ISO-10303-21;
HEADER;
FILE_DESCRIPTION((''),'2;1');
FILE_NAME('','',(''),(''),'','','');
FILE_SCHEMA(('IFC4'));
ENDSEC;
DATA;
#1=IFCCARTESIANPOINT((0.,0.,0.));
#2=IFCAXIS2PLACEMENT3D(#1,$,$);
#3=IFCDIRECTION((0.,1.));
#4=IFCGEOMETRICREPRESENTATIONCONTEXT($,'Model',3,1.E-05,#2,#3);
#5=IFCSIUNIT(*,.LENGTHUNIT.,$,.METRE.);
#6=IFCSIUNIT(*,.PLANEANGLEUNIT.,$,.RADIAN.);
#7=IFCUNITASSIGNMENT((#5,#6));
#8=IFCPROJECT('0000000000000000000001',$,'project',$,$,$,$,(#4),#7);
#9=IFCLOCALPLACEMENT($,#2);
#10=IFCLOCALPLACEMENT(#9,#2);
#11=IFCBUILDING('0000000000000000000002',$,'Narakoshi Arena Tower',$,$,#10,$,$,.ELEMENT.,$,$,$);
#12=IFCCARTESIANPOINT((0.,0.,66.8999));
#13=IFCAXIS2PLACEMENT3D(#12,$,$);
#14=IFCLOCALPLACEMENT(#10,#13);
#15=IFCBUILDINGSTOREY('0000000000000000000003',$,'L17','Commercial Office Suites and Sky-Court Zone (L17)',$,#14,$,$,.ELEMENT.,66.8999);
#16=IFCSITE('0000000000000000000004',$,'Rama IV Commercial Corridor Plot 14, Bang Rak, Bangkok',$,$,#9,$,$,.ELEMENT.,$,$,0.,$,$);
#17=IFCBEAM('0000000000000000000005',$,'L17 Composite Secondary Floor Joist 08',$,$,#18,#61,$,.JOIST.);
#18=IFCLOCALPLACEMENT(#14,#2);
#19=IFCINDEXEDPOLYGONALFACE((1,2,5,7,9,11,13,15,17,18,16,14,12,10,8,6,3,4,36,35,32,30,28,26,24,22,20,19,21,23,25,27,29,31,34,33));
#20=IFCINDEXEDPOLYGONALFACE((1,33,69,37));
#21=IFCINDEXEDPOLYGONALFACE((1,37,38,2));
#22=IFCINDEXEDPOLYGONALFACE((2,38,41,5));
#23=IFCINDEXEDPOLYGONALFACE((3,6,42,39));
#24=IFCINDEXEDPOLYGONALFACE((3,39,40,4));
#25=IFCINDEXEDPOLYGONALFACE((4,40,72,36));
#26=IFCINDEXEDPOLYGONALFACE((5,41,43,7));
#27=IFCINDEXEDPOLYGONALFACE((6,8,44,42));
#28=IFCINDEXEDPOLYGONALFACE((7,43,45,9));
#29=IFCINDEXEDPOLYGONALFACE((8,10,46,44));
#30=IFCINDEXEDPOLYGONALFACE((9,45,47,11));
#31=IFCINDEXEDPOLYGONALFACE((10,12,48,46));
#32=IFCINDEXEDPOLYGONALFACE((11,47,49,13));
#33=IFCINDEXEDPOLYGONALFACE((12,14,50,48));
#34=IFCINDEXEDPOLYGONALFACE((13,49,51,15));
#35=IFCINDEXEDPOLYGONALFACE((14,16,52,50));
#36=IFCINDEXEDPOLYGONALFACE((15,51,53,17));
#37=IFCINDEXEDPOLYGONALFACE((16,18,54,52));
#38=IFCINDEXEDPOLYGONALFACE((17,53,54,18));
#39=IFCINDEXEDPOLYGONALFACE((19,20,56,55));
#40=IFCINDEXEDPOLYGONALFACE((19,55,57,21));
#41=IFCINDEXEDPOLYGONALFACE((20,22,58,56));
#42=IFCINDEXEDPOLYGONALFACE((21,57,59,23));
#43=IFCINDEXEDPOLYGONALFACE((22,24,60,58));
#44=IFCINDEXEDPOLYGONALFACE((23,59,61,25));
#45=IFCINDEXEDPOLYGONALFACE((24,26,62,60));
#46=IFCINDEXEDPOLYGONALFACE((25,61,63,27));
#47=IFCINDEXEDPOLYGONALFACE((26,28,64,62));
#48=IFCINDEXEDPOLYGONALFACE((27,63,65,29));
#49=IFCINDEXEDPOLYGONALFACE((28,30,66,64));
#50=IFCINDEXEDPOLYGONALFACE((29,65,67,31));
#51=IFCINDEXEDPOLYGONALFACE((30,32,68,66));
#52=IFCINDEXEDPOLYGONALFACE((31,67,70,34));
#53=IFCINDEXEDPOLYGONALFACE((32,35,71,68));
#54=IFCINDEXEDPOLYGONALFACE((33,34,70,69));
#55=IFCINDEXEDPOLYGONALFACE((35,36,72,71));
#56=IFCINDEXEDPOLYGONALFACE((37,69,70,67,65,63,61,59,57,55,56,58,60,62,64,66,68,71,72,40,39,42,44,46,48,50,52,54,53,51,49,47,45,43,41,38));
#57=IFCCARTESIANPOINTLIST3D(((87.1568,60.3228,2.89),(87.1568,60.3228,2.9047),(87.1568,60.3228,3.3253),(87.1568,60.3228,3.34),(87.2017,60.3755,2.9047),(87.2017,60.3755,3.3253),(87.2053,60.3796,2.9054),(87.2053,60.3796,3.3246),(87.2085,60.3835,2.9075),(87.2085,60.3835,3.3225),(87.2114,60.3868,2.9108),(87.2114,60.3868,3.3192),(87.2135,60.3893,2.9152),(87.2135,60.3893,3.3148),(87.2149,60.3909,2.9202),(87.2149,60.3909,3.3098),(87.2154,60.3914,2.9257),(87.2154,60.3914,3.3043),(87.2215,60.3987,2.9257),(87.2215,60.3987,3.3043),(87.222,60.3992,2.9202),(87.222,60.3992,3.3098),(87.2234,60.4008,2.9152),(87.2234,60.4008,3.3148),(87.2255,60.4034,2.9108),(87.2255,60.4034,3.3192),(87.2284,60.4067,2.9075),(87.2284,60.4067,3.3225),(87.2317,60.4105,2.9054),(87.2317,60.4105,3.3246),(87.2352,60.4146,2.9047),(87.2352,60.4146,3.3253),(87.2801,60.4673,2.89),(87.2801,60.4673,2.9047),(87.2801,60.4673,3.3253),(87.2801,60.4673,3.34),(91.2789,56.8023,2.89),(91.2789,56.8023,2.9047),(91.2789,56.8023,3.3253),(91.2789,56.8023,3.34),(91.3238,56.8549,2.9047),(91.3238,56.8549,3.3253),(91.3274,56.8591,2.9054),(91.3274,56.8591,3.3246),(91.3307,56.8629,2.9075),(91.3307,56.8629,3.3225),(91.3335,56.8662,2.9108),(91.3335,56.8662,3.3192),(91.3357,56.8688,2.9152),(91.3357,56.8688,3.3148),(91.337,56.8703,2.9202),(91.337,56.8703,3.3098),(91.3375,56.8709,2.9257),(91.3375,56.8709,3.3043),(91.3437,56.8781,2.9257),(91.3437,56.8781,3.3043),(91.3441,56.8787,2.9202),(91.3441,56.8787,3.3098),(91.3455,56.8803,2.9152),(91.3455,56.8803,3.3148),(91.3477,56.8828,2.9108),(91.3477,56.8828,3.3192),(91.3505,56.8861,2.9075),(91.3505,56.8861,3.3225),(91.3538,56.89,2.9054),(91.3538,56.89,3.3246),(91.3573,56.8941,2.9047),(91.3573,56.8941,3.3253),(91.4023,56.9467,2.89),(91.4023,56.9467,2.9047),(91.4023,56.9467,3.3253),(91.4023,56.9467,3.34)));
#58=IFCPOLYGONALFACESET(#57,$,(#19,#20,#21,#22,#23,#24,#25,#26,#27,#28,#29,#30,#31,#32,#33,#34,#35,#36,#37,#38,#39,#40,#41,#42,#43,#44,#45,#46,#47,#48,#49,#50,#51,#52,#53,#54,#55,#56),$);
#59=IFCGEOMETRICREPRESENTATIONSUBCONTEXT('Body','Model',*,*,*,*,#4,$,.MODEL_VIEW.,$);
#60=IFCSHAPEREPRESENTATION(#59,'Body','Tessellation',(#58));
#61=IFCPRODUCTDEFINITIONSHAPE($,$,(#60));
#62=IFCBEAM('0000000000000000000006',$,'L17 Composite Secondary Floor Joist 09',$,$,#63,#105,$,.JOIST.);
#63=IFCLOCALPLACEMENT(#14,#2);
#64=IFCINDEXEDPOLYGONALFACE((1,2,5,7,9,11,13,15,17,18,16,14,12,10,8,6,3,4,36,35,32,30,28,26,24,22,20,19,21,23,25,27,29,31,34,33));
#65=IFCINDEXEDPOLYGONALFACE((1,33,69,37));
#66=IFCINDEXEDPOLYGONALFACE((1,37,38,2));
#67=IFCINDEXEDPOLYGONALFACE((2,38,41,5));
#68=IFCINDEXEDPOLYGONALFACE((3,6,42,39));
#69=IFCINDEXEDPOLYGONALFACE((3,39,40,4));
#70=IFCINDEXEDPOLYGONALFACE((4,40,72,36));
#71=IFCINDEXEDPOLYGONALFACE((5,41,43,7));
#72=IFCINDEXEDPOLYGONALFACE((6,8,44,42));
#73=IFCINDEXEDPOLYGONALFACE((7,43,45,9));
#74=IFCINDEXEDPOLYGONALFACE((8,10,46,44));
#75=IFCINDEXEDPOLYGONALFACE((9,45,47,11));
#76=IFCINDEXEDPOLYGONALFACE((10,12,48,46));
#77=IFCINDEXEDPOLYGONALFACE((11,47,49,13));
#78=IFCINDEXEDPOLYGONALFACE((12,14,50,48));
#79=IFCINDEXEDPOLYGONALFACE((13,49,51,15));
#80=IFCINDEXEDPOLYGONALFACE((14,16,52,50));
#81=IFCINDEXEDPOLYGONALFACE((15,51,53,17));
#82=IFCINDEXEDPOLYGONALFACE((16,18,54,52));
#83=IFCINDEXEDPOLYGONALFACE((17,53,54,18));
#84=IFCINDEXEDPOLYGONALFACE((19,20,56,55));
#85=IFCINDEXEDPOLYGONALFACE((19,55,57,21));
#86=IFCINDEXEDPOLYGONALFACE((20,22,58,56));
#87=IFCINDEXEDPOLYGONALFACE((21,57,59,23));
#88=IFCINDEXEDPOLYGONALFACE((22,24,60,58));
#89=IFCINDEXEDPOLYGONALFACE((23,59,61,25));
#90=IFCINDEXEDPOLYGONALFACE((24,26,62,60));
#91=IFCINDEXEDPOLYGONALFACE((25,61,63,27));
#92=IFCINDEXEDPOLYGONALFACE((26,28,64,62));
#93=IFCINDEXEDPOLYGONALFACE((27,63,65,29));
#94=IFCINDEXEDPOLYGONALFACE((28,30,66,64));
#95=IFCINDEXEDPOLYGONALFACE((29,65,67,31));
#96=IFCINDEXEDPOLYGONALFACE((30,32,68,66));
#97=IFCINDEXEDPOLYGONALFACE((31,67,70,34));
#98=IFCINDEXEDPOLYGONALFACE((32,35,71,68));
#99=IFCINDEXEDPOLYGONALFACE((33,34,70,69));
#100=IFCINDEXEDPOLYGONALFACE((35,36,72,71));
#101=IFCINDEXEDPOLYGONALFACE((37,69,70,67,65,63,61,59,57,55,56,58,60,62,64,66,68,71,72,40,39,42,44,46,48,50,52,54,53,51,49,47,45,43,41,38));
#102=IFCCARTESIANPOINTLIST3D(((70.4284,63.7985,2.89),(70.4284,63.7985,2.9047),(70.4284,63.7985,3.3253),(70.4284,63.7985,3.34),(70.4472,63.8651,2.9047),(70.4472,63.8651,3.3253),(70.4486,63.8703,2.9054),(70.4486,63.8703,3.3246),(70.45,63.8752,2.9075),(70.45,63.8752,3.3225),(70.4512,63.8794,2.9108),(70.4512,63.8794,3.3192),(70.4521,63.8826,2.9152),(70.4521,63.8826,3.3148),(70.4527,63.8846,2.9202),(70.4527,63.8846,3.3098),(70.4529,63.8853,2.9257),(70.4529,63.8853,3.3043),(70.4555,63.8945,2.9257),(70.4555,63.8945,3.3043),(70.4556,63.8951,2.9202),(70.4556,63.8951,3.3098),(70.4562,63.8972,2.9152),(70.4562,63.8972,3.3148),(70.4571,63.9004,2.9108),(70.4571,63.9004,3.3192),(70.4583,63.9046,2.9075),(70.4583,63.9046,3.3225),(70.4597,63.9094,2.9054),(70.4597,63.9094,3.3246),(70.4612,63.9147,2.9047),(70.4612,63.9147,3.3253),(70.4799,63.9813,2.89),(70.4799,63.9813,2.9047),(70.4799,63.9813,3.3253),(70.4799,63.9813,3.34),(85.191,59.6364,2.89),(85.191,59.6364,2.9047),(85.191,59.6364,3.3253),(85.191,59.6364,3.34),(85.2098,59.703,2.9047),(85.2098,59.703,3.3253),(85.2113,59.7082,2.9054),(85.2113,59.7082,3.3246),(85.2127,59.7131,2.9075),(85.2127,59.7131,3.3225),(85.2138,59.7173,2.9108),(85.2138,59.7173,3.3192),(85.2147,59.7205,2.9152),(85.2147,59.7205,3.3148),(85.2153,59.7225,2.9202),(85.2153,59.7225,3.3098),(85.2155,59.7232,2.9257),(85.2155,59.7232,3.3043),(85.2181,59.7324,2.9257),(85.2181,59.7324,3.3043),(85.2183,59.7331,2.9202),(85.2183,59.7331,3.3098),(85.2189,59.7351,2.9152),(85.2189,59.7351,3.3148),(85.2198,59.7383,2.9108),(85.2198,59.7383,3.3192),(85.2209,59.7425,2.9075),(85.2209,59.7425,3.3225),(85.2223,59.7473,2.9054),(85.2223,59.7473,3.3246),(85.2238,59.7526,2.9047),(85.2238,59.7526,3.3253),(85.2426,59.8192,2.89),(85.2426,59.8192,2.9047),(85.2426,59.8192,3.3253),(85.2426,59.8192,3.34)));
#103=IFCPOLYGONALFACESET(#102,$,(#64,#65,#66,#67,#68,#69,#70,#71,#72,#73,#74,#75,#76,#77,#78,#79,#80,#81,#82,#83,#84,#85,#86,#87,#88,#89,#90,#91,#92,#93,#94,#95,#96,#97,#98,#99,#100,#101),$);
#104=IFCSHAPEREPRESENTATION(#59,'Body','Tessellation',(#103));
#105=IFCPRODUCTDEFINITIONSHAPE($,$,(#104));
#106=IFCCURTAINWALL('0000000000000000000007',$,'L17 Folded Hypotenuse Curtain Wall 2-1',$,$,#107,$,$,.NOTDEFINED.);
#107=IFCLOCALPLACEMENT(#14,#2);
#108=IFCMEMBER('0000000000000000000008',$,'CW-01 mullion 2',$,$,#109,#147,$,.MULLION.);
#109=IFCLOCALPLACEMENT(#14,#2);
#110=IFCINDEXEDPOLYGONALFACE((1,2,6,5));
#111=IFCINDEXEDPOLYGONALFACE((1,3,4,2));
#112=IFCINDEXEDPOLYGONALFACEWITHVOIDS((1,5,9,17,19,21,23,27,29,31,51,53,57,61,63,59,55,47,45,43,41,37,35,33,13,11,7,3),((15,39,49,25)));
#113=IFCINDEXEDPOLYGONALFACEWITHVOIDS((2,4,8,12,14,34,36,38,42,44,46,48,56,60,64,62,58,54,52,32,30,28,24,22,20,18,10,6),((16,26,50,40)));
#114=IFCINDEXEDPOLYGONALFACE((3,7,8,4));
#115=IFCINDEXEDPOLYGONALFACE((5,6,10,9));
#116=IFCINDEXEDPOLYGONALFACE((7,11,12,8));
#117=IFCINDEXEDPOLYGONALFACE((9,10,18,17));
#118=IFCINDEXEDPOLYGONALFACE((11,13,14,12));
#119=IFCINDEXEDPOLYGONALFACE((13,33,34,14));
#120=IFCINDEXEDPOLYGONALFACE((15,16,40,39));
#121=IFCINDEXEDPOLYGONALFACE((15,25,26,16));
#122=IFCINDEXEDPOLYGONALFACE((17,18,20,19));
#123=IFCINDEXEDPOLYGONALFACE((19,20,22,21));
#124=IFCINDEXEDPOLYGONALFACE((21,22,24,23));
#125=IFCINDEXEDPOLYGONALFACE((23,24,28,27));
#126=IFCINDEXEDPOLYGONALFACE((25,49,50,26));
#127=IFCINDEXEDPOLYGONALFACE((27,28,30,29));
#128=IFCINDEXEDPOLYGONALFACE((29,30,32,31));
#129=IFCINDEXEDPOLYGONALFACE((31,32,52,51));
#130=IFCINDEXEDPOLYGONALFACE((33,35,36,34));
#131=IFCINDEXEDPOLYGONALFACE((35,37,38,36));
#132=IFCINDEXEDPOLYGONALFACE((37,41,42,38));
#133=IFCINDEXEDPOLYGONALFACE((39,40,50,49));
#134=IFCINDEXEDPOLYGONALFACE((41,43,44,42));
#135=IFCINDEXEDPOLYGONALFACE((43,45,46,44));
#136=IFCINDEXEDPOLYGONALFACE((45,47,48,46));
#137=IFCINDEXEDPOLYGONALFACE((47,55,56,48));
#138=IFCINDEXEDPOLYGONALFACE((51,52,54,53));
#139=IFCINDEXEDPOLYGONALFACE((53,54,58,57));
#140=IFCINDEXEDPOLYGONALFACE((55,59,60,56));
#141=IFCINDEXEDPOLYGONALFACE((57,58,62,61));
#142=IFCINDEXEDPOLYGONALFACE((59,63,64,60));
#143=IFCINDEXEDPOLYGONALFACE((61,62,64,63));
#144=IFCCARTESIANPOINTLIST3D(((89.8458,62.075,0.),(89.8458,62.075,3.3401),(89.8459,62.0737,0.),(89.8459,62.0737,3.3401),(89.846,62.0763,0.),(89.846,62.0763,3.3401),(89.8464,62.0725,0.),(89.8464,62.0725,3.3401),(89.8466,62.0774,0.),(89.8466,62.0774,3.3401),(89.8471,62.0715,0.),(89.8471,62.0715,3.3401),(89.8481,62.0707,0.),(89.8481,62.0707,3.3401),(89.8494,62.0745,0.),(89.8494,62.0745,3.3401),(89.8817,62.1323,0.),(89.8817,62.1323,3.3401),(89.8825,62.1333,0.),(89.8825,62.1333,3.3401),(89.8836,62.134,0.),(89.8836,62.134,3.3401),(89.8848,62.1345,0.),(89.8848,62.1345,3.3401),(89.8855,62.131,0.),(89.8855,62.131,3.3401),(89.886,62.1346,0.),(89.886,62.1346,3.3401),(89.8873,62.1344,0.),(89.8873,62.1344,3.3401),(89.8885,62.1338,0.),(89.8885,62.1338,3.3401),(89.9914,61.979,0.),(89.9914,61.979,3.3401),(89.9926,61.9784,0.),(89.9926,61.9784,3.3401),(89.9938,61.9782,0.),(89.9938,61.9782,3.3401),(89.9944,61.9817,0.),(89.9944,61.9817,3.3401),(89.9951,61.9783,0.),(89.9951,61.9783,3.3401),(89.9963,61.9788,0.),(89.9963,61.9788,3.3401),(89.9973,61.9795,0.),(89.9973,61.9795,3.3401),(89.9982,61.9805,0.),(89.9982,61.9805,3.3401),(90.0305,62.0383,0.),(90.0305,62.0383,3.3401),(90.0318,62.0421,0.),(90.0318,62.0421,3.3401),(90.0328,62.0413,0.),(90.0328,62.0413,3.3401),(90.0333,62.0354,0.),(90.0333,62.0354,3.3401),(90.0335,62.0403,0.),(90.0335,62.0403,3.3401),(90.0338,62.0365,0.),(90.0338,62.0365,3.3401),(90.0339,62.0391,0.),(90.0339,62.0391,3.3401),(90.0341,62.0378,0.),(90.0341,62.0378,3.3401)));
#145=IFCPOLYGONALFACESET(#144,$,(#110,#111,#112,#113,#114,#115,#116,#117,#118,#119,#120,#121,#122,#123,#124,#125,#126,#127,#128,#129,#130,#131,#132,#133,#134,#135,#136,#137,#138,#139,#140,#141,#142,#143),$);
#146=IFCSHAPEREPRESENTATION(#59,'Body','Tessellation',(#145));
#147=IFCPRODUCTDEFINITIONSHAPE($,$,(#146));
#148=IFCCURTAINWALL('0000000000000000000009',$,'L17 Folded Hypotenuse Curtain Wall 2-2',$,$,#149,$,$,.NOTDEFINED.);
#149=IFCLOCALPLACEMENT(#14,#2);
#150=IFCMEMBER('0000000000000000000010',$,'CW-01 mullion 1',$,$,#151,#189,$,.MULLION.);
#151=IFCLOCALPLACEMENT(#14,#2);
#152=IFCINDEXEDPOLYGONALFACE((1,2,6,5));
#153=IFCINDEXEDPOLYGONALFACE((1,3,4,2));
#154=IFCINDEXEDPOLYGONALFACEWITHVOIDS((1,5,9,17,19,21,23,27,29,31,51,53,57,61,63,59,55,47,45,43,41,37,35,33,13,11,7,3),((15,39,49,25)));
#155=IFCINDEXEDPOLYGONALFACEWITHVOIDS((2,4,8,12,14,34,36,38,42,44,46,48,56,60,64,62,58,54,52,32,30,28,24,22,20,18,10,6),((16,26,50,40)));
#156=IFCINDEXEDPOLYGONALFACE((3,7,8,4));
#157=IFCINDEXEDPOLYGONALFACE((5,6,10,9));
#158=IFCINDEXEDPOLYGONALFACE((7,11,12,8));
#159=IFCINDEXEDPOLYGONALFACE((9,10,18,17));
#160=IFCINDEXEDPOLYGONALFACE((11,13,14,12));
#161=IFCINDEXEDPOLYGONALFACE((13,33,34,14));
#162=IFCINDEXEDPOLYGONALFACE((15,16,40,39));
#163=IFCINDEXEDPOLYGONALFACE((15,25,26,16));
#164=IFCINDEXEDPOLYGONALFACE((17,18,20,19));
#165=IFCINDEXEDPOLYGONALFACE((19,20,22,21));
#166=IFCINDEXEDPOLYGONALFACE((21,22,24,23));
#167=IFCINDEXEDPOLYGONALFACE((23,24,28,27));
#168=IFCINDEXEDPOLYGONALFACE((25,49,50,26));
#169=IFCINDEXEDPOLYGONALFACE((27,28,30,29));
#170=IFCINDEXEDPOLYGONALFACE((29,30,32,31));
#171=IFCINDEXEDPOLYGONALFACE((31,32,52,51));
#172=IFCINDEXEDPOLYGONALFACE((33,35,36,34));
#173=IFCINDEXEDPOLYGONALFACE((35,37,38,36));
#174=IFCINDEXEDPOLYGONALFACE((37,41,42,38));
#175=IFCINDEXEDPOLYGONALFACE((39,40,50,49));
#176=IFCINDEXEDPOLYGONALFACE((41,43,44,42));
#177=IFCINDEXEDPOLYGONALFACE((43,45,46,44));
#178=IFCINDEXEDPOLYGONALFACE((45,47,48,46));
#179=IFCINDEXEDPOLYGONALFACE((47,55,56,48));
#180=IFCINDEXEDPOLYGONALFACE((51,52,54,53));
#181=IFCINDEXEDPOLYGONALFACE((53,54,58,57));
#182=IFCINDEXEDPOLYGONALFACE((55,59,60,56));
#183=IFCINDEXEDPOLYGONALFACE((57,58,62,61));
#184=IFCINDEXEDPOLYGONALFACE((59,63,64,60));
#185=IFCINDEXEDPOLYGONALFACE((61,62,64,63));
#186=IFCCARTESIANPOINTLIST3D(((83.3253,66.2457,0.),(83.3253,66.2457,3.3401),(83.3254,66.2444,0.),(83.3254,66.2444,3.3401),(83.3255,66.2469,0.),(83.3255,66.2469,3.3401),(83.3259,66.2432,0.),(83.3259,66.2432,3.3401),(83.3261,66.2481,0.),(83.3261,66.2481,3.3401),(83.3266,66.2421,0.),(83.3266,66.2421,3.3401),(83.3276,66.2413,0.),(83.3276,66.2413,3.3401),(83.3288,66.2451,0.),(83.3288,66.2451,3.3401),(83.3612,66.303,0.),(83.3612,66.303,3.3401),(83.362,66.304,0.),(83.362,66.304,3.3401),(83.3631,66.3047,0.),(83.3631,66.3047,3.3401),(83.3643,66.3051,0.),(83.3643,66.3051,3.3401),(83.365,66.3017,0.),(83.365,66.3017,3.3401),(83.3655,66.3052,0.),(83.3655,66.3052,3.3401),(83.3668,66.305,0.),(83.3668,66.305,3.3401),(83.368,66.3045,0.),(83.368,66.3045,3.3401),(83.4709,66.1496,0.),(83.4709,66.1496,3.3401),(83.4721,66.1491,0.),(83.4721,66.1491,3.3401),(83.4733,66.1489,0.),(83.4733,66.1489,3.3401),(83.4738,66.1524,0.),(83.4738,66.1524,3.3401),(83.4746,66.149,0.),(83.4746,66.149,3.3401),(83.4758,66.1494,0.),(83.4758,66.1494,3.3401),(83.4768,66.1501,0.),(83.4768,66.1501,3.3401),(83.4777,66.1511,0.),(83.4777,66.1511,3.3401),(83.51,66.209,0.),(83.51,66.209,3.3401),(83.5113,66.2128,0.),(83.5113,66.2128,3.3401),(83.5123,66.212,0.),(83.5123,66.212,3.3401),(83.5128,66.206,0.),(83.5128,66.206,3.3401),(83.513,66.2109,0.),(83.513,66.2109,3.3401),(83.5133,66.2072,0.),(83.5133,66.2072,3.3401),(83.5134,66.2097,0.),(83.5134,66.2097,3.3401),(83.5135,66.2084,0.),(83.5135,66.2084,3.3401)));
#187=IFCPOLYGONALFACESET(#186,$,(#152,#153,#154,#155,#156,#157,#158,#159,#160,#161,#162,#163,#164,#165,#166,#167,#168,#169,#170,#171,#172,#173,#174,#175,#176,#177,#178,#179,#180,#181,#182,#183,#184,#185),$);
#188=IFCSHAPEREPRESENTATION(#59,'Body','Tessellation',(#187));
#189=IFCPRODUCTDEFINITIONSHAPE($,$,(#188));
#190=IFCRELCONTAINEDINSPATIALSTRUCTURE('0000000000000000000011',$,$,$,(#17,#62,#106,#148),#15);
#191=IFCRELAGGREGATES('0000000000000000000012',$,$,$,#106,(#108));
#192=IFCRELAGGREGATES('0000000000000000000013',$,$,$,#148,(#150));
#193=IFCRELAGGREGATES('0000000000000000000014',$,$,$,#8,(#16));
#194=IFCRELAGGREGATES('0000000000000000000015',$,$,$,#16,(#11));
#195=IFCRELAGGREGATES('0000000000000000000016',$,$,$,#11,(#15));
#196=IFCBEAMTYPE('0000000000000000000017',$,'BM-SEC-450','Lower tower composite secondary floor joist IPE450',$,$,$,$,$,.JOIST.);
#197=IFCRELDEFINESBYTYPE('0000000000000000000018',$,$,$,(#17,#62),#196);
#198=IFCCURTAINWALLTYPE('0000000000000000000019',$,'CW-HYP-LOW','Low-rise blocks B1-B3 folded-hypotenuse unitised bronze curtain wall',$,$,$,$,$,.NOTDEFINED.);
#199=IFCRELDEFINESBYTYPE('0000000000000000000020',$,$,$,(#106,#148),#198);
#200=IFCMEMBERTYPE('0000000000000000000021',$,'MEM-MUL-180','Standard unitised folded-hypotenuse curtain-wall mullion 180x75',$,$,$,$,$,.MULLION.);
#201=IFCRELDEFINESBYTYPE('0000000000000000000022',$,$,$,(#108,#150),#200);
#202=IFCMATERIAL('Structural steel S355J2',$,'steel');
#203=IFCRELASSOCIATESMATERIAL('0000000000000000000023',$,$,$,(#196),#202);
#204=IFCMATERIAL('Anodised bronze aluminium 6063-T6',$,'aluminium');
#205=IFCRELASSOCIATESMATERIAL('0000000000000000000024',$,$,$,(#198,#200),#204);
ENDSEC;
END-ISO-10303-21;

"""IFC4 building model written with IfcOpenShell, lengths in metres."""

from ifc_helpers import new_model, si_unit, direction, frame, origin, origin_2d, place, context, subcontext, project, spatial, hollow_rectangle, i_section, extrude, material, material_profile, profile_set, type_object, element, aggregate, save


model = new_model("IFC4")

# Units and contexts
model_context = context("Model", 3, precision=1e-05, world=origin(), true_north=direction((0.0, 1.0)))
body_context = subcontext(model_context, "Body", "Model", "MODEL_VIEW")
ifc_project = project(units=[si_unit("LENGTHUNIT", "METRE"), si_unit("PLANEANGLEUNIT", "RADIAN")], contexts=[model_context])

# Site, building, storey
site_placement = place(None, origin())
site = spatial("IfcSite", under=ifc_project, at=site_placement, Name="Rama IV Commercial Corridor Plot 14, Bang Rak, Bangkok", CompositionType="ELEMENT", RefElevation=0.0)
building_placement = place(site_placement, origin())
building = spatial("IfcBuilding", under=site, at=building_placement, Name="Narakoshi Arena Tower", CompositionType="ELEMENT")
storey_placement = place(building_placement, frame((0.0, 0.0, 66.8999)))
storey = spatial("IfcBuildingStorey", under=building, at=storey_placement, Name="L17", Description="Commercial Office Suites and Sky-Court Zone (L17)", CompositionType="ELEMENT", Elevation=66.8999)

# Beams
ifc_material_1 = material(Name="Structural steel S355J2", Category="steel")
ifc_material_profile_1 = material_profile(ifc_material_1, i_section(OverallWidth=0.1899, OverallDepth=0.45, WebThickness=0.0095, FlangeThickness=0.0146, FilletRadius=0.021, at=origin_2d()), Name="IPE450")
ifc_profile_set_1 = profile_set([ifc_material_profile_1], Name="Structural steel S355J2")
beam_type_1 = type_object("IfcBeamType", Name="BM-SEC-450", Description="Lower tower composite secondary floor joist IPE450", PredefinedType="JOIST", material=ifc_profile_set_1)
beam_1_placement = place(storey_placement, frame((91.3406, 56.8745, 3.115), z_axis=(-0.760413, 0.64944, 0.0), x_axis=(-0.64944, -0.760413, 0.0)))
element("IfcBeam", 1, at=beam_1_placement, inside=storey, type_object=beam_type_1, Name="L17 Composite Secondary Floor Joist 08", PredefinedType="JOIST", context=body_context, shape_type="SweptSolid", body=[
    extrude(i_section(OverallWidth=0.1899, OverallDepth=0.45, WebThickness=0.0095, FlangeThickness=0.0146, FilletRadius=0.021, at=origin_2d()), origin(), (0.0, 0.0, 1.0), 5.4209),
])
beam_2_placement = place(storey_placement, frame((85.2168, 59.7278, 3.115), z_axis=(-0.962479, 0.271356, 0.0), x_axis=(-0.271356, -0.962479, 0.0)))
element("IfcBeam", 2, at=beam_2_placement, inside=storey, type_object=beam_type_1, Name="L17 Composite Secondary Floor Joist 09", PredefinedType="JOIST", context=body_context, shape_type="SweptSolid", body=[
    extrude(i_section(OverallWidth=0.1899, OverallDepth=0.45, WebThickness=0.0095, FlangeThickness=0.0146, FilletRadius=0.021, at=origin_2d()), origin(), (0.0, 0.0, 1.0), 15.3381),
])

# Curtain wall, member
ifc_material_2 = material(Name="Anodised bronze aluminium 6063-T6", Category="aluminium")
curtain_wall_type = type_object("IfcCurtainWallType", Name="CW-HYP-LOW", Description="Low-rise blocks B1-B3 folded-hypotenuse unitised bronze curtain wall", PredefinedType="NOTDEFINED", material=ifc_material_2)
curtain_wall_1_placement = place(storey_placement, origin())
curtain_wall_1 = element("IfcCurtainWall", 3, at=curtain_wall_1_placement, inside=storey, type_object=curtain_wall_type, Name="L17 Folded Hypotenuse Curtain Wall 2-1", PredefinedType="NOTDEFINED")
ifc_material_profile_2 = material_profile(ifc_material_2, hollow_rectangle(XDim=0.075, YDim=0.1799, WallThickness=0.0039, OuterFilletRadius=0.0049, at=origin_2d()), Name="MUL180x75x4")
ifc_profile_set_2 = profile_set([ifc_material_profile_2], Name="Anodised bronze aluminium 6063-T6")
member_type_1 = type_object("IfcMemberType", Name="MEM-MUL-180", Description="Standard unitised folded-hypotenuse curtain-wall mullion 180x75", PredefinedType="MULLION", material=ifc_profile_set_2)
member_1_placement = place(storey_placement, frame((89.9399, 62.0564, 0.0), z_axis=(0.0, 0.0, 1.0), x_axis=(-0.538822, -0.842419, 0.0)))
member_1 = element("IfcMember", 4, at=member_1_placement, type_object=member_type_1, Name="CW-01 mullion 2", PredefinedType="MULLION", context=body_context, shape_type="SweptSolid", body=[
    extrude(hollow_rectangle(XDim=0.075, YDim=0.1799, WallThickness=0.0039, OuterFilletRadius=0.0049, at=origin_2d()), origin(), (0.0, 0.0, 1.0), 3.3401),
])

# Curtain wall, member
curtain_wall_2_placement = place(storey_placement, origin())
curtain_wall_2 = element("IfcCurtainWall", 5, at=curtain_wall_2_placement, inside=storey, type_object=curtain_wall_type, Name="L17 Folded Hypotenuse Curtain Wall 2-2", PredefinedType="NOTDEFINED")
member_2_placement = place(storey_placement, frame((83.4194, 66.2271, 0.0), z_axis=(0.0, 0.0, 1.0), x_axis=(-0.538829, -0.842415, 0.0)))
member_2 = element("IfcMember", 6, at=member_2_placement, type_object=member_type_1, Name="CW-01 mullion 1", PredefinedType="MULLION", context=body_context, shape_type="SweptSolid", body=[
    extrude(hollow_rectangle(XDim=0.075, YDim=0.1799, WallThickness=0.0039, OuterFilletRadius=0.0049, at=origin_2d()), origin(), (0.0, 0.0, 1.0), 3.3401),
])

aggregate(curtain_wall_1, [member_1])
aggregate(curtain_wall_2, [member_2])

save(model, "model.ifc")
